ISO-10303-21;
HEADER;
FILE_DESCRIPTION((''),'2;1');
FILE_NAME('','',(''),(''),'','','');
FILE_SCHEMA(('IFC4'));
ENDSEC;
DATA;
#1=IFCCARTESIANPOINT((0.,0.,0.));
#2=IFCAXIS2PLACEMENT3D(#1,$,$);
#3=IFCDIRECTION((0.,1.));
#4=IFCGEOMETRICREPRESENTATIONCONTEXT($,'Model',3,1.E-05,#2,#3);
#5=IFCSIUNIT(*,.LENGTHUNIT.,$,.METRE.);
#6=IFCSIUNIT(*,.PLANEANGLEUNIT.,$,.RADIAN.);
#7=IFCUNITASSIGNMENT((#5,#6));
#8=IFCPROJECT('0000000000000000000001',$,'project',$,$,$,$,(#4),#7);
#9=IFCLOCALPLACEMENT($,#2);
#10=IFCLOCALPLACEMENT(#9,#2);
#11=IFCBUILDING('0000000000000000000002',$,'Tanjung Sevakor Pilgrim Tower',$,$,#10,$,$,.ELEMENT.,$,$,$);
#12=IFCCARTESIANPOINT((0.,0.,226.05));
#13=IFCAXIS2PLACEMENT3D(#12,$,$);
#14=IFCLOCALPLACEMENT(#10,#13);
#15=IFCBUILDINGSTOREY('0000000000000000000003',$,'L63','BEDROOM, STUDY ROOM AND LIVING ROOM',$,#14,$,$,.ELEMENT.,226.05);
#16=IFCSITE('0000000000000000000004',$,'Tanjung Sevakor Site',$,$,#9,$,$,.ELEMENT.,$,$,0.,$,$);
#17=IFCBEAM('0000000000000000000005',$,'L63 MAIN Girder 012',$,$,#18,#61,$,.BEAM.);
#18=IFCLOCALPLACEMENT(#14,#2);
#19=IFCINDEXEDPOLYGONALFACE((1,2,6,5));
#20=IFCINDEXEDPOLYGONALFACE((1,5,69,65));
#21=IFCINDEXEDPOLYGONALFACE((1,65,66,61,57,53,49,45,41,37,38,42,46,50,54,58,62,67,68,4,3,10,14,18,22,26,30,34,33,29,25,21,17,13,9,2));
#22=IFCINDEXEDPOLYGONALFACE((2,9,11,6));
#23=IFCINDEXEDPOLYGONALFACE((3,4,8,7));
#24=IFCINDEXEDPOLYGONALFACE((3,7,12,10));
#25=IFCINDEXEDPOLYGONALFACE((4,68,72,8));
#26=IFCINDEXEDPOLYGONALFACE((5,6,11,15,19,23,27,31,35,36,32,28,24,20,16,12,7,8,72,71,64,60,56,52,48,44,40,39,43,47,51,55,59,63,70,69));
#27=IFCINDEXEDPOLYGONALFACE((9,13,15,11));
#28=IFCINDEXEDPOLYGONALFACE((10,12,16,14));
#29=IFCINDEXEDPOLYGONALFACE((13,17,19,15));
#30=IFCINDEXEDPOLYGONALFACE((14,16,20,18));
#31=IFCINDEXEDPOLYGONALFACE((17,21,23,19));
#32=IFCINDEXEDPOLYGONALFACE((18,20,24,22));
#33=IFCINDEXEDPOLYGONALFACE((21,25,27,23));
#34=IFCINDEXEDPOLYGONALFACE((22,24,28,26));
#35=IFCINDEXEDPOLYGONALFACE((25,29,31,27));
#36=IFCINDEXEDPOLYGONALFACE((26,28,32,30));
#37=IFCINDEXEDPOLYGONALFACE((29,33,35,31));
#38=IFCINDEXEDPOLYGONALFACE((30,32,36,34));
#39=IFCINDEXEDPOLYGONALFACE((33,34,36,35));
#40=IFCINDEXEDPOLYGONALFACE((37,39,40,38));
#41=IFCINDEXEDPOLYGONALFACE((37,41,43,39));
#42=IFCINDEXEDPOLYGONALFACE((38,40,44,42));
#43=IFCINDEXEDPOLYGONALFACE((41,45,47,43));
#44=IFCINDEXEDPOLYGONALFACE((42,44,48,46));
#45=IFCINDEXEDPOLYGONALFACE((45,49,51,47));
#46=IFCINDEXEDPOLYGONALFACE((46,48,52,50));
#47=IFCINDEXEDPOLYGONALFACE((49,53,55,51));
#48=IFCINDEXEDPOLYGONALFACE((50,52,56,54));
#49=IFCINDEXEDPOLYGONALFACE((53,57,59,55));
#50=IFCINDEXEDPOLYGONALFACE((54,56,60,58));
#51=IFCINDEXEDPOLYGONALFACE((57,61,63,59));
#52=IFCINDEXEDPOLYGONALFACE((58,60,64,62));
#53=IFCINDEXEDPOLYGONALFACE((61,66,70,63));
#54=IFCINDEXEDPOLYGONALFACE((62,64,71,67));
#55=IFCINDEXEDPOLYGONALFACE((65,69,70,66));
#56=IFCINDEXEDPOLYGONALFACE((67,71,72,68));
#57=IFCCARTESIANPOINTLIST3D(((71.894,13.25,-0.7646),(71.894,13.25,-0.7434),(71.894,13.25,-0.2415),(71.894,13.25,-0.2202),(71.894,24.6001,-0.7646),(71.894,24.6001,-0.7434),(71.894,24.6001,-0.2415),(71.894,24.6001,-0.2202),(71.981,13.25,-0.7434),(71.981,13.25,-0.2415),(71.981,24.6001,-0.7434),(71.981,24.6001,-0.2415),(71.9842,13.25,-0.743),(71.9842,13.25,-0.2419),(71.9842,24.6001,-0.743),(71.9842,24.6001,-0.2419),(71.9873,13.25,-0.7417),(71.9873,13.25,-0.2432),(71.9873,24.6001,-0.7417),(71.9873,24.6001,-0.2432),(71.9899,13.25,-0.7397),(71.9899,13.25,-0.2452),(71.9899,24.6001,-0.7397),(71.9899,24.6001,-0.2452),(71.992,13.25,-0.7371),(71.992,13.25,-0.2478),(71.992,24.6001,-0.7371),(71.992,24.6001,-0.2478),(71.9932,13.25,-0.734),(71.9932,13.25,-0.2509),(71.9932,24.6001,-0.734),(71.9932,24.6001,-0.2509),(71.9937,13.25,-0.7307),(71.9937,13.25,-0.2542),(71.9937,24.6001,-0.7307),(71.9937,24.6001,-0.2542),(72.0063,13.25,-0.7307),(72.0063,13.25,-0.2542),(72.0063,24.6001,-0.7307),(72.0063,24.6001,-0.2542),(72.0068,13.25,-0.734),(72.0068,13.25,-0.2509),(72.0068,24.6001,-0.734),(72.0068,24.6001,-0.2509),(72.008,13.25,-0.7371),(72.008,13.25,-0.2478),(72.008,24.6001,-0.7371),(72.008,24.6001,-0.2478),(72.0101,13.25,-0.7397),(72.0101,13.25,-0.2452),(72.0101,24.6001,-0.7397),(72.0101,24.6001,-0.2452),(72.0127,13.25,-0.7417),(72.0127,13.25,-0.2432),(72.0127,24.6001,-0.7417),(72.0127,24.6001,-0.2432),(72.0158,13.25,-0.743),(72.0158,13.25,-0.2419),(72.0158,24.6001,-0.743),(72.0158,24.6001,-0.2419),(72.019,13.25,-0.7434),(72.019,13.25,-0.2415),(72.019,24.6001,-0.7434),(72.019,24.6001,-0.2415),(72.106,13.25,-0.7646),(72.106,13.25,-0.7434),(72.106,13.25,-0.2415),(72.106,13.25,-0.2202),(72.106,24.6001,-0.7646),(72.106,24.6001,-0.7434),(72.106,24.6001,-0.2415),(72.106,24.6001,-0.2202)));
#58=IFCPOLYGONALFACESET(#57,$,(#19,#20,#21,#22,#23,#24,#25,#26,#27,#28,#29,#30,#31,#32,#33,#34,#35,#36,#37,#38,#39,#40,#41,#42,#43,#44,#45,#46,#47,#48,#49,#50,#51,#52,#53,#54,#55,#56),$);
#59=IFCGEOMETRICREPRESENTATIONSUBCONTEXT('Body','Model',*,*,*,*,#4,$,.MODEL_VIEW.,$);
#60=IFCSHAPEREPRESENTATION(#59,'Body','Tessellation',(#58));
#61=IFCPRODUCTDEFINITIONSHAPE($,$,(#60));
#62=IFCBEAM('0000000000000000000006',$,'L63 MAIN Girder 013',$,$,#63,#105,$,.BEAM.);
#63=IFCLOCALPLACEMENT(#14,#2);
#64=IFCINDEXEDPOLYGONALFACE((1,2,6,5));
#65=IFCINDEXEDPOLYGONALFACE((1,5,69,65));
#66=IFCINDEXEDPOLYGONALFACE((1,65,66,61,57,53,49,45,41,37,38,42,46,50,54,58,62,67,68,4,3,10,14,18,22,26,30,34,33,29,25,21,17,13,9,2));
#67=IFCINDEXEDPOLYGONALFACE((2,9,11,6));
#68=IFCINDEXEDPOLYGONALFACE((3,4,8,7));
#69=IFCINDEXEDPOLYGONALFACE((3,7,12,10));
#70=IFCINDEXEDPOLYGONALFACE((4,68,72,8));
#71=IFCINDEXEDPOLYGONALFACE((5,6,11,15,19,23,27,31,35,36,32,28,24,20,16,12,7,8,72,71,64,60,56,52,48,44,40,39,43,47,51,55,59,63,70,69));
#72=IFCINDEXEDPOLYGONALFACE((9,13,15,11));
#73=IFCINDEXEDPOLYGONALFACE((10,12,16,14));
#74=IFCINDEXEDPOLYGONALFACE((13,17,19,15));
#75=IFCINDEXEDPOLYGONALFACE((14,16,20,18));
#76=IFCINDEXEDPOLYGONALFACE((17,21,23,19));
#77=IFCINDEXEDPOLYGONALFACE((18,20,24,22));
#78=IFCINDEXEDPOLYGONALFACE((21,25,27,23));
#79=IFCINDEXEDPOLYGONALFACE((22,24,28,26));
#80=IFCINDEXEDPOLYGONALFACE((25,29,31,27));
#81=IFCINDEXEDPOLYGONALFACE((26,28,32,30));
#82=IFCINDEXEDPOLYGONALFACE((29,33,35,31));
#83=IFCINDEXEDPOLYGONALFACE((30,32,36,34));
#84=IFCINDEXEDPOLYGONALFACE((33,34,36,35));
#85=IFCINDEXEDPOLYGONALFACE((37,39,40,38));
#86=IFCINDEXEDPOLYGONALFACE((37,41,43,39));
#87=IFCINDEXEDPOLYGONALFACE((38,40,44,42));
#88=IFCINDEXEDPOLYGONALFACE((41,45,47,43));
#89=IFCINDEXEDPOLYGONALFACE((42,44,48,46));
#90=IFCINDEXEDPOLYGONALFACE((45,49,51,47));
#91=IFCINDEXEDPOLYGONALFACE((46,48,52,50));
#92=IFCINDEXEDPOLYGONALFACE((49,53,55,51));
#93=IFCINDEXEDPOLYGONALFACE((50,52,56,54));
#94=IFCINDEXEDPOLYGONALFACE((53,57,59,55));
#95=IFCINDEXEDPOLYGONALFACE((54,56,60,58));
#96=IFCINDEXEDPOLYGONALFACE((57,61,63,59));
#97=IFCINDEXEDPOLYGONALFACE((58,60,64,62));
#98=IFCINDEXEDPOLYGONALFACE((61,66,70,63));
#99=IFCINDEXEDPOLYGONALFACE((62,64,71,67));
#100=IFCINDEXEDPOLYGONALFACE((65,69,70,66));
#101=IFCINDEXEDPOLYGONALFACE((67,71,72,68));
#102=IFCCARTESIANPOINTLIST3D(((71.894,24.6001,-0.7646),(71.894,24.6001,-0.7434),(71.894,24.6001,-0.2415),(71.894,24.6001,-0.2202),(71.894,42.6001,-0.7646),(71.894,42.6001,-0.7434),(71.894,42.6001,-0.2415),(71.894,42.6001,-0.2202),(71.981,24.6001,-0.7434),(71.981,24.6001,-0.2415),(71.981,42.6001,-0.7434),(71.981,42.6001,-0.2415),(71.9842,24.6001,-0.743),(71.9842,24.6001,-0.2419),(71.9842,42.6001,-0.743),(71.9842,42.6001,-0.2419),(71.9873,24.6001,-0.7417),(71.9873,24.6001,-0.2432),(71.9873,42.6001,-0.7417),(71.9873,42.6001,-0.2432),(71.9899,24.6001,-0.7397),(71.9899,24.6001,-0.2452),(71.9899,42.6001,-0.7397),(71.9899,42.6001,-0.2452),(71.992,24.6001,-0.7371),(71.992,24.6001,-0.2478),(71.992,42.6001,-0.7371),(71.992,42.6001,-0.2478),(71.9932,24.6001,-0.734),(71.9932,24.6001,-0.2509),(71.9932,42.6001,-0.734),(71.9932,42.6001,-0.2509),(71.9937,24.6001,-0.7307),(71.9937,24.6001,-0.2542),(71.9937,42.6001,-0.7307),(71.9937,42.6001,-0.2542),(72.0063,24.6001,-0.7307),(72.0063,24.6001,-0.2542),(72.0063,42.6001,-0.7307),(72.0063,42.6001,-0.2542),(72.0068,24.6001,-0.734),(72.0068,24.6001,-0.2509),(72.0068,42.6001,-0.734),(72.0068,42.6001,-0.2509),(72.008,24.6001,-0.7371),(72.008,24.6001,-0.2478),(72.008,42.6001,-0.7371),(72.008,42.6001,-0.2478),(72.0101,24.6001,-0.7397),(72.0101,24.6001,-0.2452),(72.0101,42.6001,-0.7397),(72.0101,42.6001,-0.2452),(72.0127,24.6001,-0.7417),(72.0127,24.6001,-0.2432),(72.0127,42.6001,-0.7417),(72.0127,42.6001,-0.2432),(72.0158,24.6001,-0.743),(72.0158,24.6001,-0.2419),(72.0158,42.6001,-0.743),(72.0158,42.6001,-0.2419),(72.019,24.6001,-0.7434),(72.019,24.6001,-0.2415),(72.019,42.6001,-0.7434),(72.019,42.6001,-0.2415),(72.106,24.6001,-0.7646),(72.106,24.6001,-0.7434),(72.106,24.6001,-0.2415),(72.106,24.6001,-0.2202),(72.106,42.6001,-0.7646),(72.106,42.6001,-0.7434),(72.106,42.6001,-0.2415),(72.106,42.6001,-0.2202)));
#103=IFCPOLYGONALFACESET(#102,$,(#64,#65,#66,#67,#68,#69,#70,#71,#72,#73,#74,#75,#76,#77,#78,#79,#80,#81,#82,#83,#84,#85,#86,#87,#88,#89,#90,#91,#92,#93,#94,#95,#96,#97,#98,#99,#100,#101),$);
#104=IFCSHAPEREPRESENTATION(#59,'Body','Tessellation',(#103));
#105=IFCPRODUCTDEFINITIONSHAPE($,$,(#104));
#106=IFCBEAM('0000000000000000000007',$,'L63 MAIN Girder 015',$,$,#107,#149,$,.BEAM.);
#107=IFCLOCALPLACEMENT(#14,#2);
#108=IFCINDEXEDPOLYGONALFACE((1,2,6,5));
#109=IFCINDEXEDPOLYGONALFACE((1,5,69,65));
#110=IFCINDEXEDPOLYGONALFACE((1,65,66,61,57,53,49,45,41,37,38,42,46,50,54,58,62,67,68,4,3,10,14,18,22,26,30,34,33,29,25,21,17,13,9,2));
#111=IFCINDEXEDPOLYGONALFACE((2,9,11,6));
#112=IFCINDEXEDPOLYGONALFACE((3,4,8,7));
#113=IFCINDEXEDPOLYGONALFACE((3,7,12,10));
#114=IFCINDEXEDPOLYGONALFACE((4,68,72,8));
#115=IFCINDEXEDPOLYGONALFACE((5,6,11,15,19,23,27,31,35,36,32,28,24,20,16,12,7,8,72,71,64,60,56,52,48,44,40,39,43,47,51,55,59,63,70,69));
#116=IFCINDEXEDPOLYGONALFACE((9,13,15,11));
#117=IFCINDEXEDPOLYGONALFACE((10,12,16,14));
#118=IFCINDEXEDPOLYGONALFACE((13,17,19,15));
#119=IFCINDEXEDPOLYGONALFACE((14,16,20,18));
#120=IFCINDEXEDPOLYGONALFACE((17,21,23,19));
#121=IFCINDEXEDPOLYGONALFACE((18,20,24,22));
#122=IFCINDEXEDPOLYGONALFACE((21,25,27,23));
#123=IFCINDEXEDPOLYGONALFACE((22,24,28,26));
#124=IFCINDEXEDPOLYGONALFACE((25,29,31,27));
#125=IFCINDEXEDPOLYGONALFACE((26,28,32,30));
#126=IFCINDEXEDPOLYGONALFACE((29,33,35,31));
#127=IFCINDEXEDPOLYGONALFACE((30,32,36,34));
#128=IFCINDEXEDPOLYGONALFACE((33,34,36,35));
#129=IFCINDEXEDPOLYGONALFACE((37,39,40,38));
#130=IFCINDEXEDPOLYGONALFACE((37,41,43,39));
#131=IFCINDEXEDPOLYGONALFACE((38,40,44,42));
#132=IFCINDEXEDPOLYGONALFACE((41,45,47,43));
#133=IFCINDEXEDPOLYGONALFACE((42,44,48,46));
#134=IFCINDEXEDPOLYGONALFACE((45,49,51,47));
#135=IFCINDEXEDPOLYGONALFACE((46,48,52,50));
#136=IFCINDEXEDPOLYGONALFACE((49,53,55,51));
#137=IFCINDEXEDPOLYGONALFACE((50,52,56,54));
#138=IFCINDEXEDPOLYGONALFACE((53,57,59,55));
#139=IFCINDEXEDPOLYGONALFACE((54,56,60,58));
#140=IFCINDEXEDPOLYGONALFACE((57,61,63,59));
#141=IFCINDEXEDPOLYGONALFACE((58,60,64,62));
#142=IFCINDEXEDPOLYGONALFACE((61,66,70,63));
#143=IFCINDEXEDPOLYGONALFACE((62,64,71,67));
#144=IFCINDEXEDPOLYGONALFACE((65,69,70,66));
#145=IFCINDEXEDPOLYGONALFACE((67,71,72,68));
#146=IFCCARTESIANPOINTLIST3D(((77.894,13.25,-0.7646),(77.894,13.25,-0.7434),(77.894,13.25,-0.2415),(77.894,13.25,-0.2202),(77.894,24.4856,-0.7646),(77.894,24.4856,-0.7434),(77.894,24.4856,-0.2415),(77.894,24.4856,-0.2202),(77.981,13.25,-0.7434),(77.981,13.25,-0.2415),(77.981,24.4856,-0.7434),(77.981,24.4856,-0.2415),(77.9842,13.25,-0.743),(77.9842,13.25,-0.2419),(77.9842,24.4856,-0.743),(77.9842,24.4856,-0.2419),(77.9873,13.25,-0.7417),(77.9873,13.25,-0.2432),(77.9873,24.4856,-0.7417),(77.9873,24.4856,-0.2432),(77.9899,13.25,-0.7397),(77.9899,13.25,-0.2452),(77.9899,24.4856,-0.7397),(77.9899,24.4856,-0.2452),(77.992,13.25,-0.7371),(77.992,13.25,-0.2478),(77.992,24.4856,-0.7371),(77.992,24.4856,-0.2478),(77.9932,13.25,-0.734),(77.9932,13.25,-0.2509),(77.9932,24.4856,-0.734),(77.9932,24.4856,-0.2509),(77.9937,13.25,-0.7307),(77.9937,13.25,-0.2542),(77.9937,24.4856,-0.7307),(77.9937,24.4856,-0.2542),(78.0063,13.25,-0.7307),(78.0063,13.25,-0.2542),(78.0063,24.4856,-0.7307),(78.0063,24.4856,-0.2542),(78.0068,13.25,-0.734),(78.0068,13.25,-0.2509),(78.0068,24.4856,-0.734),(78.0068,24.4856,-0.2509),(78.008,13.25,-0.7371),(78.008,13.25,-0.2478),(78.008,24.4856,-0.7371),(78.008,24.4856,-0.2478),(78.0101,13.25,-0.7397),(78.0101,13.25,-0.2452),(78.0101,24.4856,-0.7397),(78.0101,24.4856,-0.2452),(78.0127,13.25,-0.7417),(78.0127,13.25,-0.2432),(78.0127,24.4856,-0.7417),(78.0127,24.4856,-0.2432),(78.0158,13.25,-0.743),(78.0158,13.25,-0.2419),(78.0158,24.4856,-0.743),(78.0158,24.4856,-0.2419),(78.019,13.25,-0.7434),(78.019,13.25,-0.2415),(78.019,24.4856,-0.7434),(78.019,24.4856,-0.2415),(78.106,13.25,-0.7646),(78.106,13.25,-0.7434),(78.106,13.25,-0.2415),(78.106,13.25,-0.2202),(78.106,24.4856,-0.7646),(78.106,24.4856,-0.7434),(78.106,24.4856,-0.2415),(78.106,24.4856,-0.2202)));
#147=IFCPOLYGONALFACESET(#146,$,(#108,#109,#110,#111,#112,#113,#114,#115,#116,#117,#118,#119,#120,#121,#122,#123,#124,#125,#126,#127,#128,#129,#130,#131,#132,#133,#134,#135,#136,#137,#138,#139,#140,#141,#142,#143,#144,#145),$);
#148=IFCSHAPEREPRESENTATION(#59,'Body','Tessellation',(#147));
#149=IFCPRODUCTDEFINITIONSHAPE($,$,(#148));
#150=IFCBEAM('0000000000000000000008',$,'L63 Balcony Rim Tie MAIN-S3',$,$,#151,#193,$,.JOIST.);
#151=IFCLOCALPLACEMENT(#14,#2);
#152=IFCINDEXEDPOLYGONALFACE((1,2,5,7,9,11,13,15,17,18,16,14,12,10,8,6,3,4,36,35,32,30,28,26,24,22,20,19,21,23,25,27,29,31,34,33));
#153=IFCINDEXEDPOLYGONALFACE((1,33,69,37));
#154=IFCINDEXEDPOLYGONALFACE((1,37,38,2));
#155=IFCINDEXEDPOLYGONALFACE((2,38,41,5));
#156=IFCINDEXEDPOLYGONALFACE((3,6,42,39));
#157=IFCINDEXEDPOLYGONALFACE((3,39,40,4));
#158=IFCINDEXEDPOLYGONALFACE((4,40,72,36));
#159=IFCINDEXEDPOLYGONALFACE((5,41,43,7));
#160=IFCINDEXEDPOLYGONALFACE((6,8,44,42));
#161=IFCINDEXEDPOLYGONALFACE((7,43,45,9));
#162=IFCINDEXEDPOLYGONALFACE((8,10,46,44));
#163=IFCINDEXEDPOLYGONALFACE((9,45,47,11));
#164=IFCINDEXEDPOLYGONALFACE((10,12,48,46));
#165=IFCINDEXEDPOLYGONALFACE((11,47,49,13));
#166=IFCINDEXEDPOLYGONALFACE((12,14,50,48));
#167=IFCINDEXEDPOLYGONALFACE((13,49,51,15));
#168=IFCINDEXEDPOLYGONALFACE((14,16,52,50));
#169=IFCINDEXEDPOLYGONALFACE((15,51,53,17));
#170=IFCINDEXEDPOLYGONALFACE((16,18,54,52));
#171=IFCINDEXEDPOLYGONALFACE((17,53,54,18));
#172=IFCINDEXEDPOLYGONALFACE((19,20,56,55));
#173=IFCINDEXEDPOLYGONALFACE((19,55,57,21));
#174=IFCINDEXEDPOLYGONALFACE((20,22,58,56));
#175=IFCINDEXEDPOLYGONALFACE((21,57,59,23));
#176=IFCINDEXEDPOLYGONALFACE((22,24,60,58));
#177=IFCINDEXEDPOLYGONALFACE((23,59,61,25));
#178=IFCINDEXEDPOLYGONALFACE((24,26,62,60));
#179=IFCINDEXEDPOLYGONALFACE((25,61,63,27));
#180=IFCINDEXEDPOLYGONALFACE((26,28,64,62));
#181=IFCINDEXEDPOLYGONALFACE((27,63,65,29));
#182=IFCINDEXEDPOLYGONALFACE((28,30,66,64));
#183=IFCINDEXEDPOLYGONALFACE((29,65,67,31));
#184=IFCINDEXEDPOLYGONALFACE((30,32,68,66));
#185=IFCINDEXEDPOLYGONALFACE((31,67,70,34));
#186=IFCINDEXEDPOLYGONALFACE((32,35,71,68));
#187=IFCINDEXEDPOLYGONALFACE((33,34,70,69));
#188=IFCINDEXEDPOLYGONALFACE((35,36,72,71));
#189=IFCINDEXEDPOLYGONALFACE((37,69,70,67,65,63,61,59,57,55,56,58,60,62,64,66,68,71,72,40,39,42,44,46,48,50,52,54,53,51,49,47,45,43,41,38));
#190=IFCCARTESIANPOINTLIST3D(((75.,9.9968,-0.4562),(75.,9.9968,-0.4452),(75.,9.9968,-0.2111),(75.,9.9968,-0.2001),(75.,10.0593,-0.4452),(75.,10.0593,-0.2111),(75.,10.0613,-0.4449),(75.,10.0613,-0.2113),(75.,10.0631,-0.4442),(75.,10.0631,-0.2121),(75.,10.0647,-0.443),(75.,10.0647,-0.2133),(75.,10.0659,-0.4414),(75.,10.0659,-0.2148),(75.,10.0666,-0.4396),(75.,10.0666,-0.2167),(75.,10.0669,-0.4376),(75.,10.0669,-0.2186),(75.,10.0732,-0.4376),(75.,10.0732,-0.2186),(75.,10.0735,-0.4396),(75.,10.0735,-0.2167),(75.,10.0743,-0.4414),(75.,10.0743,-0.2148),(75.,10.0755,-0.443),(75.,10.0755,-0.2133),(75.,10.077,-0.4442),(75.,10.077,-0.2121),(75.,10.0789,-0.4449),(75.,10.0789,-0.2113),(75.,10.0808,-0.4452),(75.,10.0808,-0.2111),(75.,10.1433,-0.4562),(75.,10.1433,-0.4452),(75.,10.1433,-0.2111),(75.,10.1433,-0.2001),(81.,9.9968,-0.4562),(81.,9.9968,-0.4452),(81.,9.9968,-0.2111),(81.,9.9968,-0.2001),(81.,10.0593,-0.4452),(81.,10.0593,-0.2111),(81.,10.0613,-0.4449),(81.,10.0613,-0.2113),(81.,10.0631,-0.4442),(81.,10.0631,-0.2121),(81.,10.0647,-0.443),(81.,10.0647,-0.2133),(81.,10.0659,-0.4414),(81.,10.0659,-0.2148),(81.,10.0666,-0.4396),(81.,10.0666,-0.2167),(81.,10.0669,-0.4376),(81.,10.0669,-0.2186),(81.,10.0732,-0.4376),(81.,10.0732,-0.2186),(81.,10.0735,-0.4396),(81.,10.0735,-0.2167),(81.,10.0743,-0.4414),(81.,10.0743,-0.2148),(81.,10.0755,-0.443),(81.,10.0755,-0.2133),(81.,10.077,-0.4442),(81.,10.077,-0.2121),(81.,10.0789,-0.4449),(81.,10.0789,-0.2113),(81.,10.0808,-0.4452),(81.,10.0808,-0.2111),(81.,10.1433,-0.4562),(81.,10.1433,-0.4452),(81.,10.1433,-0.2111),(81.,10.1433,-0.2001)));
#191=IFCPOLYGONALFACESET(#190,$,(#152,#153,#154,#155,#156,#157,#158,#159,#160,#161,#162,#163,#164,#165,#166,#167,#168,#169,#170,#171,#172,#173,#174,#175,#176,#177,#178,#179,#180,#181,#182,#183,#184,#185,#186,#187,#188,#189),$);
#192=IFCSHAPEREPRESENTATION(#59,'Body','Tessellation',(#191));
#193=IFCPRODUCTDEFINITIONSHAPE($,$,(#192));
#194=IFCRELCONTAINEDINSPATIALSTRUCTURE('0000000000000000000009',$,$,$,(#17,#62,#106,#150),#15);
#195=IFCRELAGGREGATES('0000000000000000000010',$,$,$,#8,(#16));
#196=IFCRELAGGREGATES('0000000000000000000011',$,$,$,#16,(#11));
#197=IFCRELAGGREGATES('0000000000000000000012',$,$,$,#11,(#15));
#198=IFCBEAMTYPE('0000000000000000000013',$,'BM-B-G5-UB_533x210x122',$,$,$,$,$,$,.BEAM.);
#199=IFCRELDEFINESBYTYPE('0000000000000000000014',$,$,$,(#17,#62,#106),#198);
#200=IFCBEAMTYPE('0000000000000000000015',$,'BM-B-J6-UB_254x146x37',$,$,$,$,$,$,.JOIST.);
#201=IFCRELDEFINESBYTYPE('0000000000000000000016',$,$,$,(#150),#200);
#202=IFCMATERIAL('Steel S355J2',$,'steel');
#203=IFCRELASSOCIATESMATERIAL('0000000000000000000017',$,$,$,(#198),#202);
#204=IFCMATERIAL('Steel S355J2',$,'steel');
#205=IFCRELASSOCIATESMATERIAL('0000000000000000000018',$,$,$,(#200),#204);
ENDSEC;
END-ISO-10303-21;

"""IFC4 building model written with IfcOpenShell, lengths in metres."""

from ifc_helpers import new_model, si_unit, direction, frame, origin, origin_2d, place, context, subcontext, project, spatial, i_section, extrude, material, material_profile, profile_set, type_object, element, save


model = new_model("IFC4")

# Units and contexts
model_context = context("Model", 3, precision=1e-05, world=origin(), true_north=direction((0.0, 1.0)))
body_context = subcontext(model_context, "Body", "Model", "MODEL_VIEW")
ifc_project = project(units=[si_unit("LENGTHUNIT", "METRE"), si_unit("PLANEANGLEUNIT", "RADIAN")], contexts=[model_context])

# Site, building, storey
site_placement = place(None, origin())
site = spatial("IfcSite", under=ifc_project, at=site_placement, Name="Tanjung Sevakor Site", CompositionType="ELEMENT", RefElevation=0.0)
building_placement = place(site_placement, origin())
building = spatial("IfcBuilding", under=site, at=building_placement, Name="Tanjung Sevakor Pilgrim Tower", CompositionType="ELEMENT")
storey_placement = place(building_placement, frame((0.0, 0.0, 226.05)))
storey = spatial("IfcBuildingStorey", under=building, at=storey_placement, Name="L63", Description="BEDROOM, STUDY ROOM AND LIVING ROOM", CompositionType="ELEMENT", Elevation=226.05)

# Beams
ifc_material_1 = material(Name="Steel S355J2", Category="steel")
ifc_material_profile_1 = material_profile(ifc_material_1, i_section(OverallWidth=0.2119, OverallDepth=0.5444, WebThickness=0.0127, FlangeThickness=0.0212, FilletRadius=0.0127, at=origin_2d()))
ifc_profile_set_1 = profile_set([ifc_material_profile_1], Name="Steel S355J2")
beam_type_1 = type_object("IfcBeamType", Name="BM-B-G5-UB_533x210x122", PredefinedType="BEAM", material=ifc_profile_set_1)
beam_1_placement = place(storey_placement, frame((72.0, 13.25, -0.4924), z_axis=(0.0, 1.0, 0.0), x_axis=(-1.0, 0.0, 0.0)))
element("IfcBeam", 1, at=beam_1_placement, inside=storey, type_object=beam_type_1, Name="L63 MAIN Girder 012", PredefinedType="BEAM", context=body_context, shape_type="SweptSolid", body=[
    extrude(i_section(OverallWidth=0.2119, OverallDepth=0.5444, WebThickness=0.0127, FlangeThickness=0.0212, FilletRadius=0.0127, at=origin_2d()), origin(), (0.0, 0.0, 1.0), 11.3501),
])
beam_2_placement = place(storey_placement, frame((72.0, 24.6001, -0.4924), z_axis=(0.0, 1.0, 0.0), x_axis=(-1.0, 0.0, 0.0)))
element("IfcBeam", 2, at=beam_2_placement, inside=storey, type_object=beam_type_1, Name="L63 MAIN Girder 013", PredefinedType="BEAM", context=body_context, shape_type="SweptSolid", body=[
    extrude(i_section(OverallWidth=0.2119, OverallDepth=0.5444, WebThickness=0.0127, FlangeThickness=0.0212, FilletRadius=0.0127, at=origin_2d()), origin(), (0.0, 0.0, 1.0), 18.0),
])
beam_3_placement = place(storey_placement, frame((78.0, 13.25, -0.4924), z_axis=(0.0, 1.0, 0.0), x_axis=(-1.0, 0.0, 0.0)))
element("IfcBeam", 3, at=beam_3_placement, inside=storey, type_object=beam_type_1, Name="L63 MAIN Girder 015", PredefinedType="BEAM", context=body_context, shape_type="SweptSolid", body=[
    extrude(i_section(OverallWidth=0.2119, OverallDepth=0.5444, WebThickness=0.0127, FlangeThickness=0.0212, FilletRadius=0.0127, at=origin_2d()), origin(), (0.0, 0.0, 1.0), 11.2356),
])
ifc_material_2 = material(Name="Steel S355J2", Category="steel")
ifc_material_profile_2 = material_profile(ifc_material_2, i_section(OverallWidth=0.1465, OverallDepth=0.2561, WebThickness=0.0063, FlangeThickness=0.011, FilletRadius=0.0076, at=origin_2d()))
ifc_profile_set_2 = profile_set([ifc_material_profile_2], Name="Steel S355J2")
beam_type_2 = type_object("IfcBeamType", Name="BM-B-J6-UB_254x146x37", PredefinedType="JOIST", material=ifc_profile_set_2)
beam_4_placement = place(storey_placement, frame((75.0, 10.0701, -0.3281), z_axis=(1.0, 0.0, 0.0), x_axis=(0.0, 1.0, 0.0)))
element("IfcBeam", 4, at=beam_4_placement, inside=storey, type_object=beam_type_2, Name="L63 Balcony Rim Tie MAIN-S3", PredefinedType="JOIST", context=body_context, shape_type="SweptSolid", body=[
    extrude(i_section(OverallWidth=0.1465, OverallDepth=0.2561, WebThickness=0.0063, FlangeThickness=0.011, FilletRadius=0.0076, at=origin_2d()), origin(), (0.0, 0.0, 1.0), 6.0),
])

save(model, "model.ifc")
